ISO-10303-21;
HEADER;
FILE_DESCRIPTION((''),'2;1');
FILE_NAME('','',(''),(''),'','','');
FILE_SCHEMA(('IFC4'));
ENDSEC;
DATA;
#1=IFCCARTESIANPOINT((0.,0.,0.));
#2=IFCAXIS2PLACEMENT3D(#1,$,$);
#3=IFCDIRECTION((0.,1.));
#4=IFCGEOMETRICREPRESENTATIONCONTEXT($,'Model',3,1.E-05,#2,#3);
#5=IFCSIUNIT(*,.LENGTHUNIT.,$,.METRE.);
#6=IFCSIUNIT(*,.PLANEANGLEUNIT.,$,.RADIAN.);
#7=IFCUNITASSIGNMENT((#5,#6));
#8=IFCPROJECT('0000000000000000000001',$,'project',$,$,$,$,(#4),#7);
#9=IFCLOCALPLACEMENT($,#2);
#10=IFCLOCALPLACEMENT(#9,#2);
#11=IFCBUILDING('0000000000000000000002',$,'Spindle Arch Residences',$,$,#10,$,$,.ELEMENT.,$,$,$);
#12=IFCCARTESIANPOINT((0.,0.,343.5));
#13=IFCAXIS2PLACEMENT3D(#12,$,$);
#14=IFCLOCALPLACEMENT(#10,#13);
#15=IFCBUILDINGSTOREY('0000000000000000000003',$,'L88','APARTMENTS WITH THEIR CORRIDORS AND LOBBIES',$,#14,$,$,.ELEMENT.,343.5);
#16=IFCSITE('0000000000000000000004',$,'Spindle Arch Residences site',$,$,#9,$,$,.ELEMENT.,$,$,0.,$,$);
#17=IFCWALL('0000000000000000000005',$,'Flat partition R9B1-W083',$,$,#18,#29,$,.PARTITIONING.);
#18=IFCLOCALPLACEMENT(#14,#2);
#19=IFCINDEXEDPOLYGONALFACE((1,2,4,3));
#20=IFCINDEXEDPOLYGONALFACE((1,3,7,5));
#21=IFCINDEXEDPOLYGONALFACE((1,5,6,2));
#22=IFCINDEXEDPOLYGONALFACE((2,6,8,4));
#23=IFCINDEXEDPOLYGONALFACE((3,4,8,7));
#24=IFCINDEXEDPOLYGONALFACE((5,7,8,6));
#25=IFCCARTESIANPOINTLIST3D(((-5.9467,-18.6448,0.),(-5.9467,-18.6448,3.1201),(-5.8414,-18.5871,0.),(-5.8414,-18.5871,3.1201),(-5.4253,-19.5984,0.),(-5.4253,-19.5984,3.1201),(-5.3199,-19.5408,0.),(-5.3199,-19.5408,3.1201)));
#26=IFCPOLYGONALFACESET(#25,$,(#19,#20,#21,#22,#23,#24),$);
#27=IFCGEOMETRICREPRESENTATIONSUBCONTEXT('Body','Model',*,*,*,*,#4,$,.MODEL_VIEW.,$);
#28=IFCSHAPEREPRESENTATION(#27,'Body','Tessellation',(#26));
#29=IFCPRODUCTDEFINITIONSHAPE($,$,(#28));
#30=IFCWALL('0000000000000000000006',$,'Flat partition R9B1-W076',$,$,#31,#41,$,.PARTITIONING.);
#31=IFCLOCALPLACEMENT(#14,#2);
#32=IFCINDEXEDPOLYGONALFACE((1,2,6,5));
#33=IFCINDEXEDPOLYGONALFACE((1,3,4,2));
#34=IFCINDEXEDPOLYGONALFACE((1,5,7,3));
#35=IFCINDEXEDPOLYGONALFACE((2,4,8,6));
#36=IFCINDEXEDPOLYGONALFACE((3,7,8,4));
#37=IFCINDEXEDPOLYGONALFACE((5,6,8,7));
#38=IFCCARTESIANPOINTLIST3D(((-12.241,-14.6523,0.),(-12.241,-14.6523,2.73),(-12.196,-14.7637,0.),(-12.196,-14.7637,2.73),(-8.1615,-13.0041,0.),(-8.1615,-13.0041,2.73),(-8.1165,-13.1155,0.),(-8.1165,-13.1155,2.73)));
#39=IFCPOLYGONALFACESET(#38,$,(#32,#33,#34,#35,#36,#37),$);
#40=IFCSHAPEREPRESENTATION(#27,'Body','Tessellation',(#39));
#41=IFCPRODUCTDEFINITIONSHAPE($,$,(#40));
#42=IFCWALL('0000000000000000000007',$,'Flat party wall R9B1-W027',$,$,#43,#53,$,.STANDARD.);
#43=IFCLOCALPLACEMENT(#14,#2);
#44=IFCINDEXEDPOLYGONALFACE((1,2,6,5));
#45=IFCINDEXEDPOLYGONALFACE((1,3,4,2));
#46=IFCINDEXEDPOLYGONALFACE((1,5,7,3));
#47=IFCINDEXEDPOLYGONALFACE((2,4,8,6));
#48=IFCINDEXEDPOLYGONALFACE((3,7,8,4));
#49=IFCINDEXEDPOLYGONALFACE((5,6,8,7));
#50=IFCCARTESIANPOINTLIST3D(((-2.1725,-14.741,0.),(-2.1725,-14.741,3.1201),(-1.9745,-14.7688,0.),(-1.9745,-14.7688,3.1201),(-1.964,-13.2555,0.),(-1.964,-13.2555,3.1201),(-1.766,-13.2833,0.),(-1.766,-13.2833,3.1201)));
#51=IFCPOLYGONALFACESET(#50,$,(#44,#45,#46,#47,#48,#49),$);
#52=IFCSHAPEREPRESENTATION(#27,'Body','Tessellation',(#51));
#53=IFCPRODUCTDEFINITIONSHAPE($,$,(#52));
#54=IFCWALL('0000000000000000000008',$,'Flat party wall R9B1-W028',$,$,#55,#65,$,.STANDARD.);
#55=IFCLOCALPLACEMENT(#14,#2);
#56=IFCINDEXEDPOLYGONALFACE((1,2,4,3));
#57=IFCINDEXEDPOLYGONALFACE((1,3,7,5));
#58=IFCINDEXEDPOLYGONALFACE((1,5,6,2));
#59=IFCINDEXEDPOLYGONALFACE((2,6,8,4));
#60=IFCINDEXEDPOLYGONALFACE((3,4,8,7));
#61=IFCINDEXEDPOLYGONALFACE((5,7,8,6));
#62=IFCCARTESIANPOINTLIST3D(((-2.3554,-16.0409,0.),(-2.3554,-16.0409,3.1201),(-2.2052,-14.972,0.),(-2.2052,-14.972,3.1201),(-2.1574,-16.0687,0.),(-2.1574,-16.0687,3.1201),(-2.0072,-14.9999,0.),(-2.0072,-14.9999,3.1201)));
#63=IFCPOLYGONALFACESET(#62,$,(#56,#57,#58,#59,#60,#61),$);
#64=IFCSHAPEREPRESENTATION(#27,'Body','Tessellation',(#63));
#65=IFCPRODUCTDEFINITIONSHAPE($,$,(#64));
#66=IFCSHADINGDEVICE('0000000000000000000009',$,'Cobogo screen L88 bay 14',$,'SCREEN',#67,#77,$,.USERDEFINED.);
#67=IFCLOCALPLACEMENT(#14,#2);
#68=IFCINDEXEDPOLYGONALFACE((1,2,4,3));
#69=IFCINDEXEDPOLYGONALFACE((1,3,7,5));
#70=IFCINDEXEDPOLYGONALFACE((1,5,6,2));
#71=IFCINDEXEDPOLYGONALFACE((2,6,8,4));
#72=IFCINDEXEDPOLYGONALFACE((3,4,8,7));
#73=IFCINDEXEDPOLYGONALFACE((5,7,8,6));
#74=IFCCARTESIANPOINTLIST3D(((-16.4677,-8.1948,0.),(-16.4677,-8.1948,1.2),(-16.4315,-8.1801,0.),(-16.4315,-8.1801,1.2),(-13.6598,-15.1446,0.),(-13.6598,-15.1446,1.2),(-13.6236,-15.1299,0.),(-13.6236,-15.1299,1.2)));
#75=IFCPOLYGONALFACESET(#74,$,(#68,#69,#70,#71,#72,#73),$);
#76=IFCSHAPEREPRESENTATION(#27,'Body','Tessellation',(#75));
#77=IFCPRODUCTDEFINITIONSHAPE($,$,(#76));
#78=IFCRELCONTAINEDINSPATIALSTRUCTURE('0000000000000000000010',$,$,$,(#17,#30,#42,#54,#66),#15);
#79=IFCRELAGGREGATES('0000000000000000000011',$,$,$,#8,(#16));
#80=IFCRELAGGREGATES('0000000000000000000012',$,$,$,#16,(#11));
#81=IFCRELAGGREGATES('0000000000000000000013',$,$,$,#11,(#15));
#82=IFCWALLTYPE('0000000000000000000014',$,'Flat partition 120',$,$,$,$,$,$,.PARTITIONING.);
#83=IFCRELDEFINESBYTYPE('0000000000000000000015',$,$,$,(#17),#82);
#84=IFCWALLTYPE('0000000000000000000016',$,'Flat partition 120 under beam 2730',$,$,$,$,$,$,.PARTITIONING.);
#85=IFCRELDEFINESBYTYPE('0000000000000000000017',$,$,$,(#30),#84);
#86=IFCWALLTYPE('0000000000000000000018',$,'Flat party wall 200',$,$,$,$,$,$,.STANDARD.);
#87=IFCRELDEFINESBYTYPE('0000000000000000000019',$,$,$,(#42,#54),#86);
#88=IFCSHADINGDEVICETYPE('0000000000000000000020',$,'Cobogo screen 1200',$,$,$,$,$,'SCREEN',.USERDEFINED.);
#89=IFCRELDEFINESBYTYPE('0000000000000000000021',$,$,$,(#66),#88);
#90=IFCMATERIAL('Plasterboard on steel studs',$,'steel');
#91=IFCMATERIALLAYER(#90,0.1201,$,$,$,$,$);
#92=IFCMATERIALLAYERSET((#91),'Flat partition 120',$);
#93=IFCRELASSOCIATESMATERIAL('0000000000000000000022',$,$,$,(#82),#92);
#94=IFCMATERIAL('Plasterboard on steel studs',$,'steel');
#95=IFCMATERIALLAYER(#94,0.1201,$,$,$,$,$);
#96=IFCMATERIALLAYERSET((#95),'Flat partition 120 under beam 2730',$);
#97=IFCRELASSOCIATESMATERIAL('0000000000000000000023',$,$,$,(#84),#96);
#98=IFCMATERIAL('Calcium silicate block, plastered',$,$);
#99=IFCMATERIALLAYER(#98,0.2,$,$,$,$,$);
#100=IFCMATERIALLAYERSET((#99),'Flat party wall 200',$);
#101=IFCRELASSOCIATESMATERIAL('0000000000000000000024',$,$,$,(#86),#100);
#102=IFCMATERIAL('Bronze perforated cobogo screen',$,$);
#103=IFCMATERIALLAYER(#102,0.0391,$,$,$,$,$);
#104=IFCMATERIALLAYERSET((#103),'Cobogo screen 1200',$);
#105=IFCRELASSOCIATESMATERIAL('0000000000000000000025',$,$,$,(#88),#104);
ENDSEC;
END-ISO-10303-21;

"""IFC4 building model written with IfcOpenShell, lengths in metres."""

from ifc_helpers import new_model, si_unit, direction, frame, frame_2d, origin, origin_2d, place, context, subcontext, project, spatial, rectangle, extrude, material, layer, layer_set, type_object, element, save


model = new_model("IFC4")

# Units and contexts
model_context = context("Model", 3, precision=1e-05, world=origin(), true_north=direction((0.0, 1.0)))
body_context = subcontext(model_context, "Body", "Model", "MODEL_VIEW")
ifc_project = project(units=[si_unit("LENGTHUNIT", "METRE"), si_unit("PLANEANGLEUNIT", "RADIAN")], contexts=[model_context])

# Site, building, storey
site_placement = place(None, origin())
site = spatial("IfcSite", under=ifc_project, at=site_placement, Name="Spindle Arch Residences site", CompositionType="ELEMENT", RefElevation=0.0)
building_placement = place(site_placement, origin())
building = spatial("IfcBuilding", under=site, at=building_placement, Name="Spindle Arch Residences", CompositionType="ELEMENT")
storey_placement = place(building_placement, frame((0.0, 0.0, 343.5)))
storey = spatial("IfcBuildingStorey", under=building, at=storey_placement, Name="L88", Description="APARTMENTS WITH THEIR CORRIDORS AND LOBBIES", CompositionType="ELEMENT", Elevation=343.5)

# Shared definitions
ifc_material_1 = material(Name="Plasterboard on steel studs", Category="steel")
ifc_layer_1 = layer(ifc_material_1, 0.1201)
ifc_layer_set_1 = layer_set([ifc_layer_1], Name="Flat partition 120")
wall_type_1 = type_object("IfcWallType", Name="Flat partition 120", PredefinedType="PARTITIONING", material=ifc_layer_set_1)

# Walls
wall_1_placement = place(storey_placement, frame((-5.3726, -19.5696, 0.0), z_axis=(0.0, 0.0, 1.0), x_axis=(-0.479796, 0.87738, 0.0)))
element("IfcWall", 1, at=wall_1_placement, inside=storey, type_object=wall_type_1, Name="Flat partition R9B1-W083", PredefinedType="PARTITIONING", context=body_context, shape_type="SweptSolid", body=[
    extrude(rectangle(XDim=1.0869, YDim=0.1201, at=frame_2d((0.5435, 0.0))), origin(), (0.0, 0.0, 1.0), 3.1201),
])
ifc_material_2 = material(Name="Plasterboard on steel studs", Category="steel")
ifc_layer_2 = layer(ifc_material_2, 0.1201)
ifc_layer_set_2 = layer_set([ifc_layer_2], Name="Flat partition 120 under beam 2730")
wall_type_2 = type_object("IfcWallType", Name="Flat partition 120 under beam 2730", PredefinedType="PARTITIONING", material=ifc_layer_set_2)
wall_2_placement = place(storey_placement, frame((-12.2185, -14.708, 0.0), z_axis=(0.0, 0.0, 1.0), x_axis=(0.927189, 0.374593, 0.0)))
element("IfcWall", 2, at=wall_2_placement, inside=storey, type_object=wall_type_2, Name="Flat partition R9B1-W076", PredefinedType="PARTITIONING", context=body_context, shape_type="SweptSolid", body=[
    extrude(rectangle(XDim=4.3999, YDim=0.1201, at=frame_2d((2.2, 0.0))), origin(), (0.0, 0.0, 1.0), 2.73),
])
ifc_material_3 = material(Name="Calcium silicate block, plastered")
ifc_layer_3 = layer(ifc_material_3, 0.2)
ifc_layer_set_3 = layer_set([ifc_layer_3], Name="Flat party wall 200")
wall_type_3 = type_object("IfcWallType", Name="Flat party wall 200", PredefinedType="STANDARD", material=ifc_layer_set_3)
wall_3_placement = place(storey_placement, frame((-2.0735, -14.7549, 0.0), z_axis=(0.0, 0.0, 1.0), x_axis=(0.139005, 0.990292, 0.0)))
element("IfcWall", 3, at=wall_3_placement, inside=storey, type_object=wall_type_3, Name="Flat party wall R9B1-W027", PredefinedType="STANDARD", context=body_context, shape_type="SweptSolid", body=[
    extrude(rectangle(XDim=1.5, YDim=0.2, at=frame_2d((0.75, 0.0))), origin(), (0.0, 0.0, 1.0), 3.1201),
])
wall_4_placement = place(storey_placement, frame((-2.2563, -16.0547, 0.0), z_axis=(0.0, 0.0, 1.0), x_axis=(0.139109, 0.990277, 0.0)))
element("IfcWall", 4, at=wall_4_placement, inside=storey, type_object=wall_type_3, Name="Flat party wall R9B1-W028", PredefinedType="STANDARD", context=body_context, shape_type="SweptSolid", body=[
    extrude(rectangle(XDim=1.0793, YDim=0.2, at=frame_2d((0.5396, 0.0))), origin(), (0.0, 0.0, 1.0), 3.1201),
])

# Shading device
ifc_material_4 = material(Name="Bronze perforated cobogo screen")
ifc_layer_4 = layer(ifc_material_4, 0.0391)
ifc_layer_set_4 = layer_set([ifc_layer_4], Name="Cobogo screen 1200")
shading_device_type = type_object("IfcShadingDeviceType", Name="Cobogo screen 1200", ElementType="SCREEN", PredefinedType="USERDEFINED", material=ifc_layer_set_4)
shading_device_placement = place(storey_placement, frame((-15.0457, -11.6624, 0.0), z_axis=(0.0, 0.0, 1.0), x_axis=(0.374607, -0.927184, 0.0)))
element("IfcShadingDevice", 5, at=shading_device_placement, inside=storey, type_object=shading_device_type, Name="Cobogo screen L88 bay 14", ObjectType="SCREEN", PredefinedType="USERDEFINED", context=body_context, shape_type="SweptSolid", body=[
    extrude(rectangle(XDim=7.4956, YDim=0.0391, at=origin_2d()), origin(), (0.0, 0.0, 1.0), 1.2),
])

save(model, "model.ifc")
